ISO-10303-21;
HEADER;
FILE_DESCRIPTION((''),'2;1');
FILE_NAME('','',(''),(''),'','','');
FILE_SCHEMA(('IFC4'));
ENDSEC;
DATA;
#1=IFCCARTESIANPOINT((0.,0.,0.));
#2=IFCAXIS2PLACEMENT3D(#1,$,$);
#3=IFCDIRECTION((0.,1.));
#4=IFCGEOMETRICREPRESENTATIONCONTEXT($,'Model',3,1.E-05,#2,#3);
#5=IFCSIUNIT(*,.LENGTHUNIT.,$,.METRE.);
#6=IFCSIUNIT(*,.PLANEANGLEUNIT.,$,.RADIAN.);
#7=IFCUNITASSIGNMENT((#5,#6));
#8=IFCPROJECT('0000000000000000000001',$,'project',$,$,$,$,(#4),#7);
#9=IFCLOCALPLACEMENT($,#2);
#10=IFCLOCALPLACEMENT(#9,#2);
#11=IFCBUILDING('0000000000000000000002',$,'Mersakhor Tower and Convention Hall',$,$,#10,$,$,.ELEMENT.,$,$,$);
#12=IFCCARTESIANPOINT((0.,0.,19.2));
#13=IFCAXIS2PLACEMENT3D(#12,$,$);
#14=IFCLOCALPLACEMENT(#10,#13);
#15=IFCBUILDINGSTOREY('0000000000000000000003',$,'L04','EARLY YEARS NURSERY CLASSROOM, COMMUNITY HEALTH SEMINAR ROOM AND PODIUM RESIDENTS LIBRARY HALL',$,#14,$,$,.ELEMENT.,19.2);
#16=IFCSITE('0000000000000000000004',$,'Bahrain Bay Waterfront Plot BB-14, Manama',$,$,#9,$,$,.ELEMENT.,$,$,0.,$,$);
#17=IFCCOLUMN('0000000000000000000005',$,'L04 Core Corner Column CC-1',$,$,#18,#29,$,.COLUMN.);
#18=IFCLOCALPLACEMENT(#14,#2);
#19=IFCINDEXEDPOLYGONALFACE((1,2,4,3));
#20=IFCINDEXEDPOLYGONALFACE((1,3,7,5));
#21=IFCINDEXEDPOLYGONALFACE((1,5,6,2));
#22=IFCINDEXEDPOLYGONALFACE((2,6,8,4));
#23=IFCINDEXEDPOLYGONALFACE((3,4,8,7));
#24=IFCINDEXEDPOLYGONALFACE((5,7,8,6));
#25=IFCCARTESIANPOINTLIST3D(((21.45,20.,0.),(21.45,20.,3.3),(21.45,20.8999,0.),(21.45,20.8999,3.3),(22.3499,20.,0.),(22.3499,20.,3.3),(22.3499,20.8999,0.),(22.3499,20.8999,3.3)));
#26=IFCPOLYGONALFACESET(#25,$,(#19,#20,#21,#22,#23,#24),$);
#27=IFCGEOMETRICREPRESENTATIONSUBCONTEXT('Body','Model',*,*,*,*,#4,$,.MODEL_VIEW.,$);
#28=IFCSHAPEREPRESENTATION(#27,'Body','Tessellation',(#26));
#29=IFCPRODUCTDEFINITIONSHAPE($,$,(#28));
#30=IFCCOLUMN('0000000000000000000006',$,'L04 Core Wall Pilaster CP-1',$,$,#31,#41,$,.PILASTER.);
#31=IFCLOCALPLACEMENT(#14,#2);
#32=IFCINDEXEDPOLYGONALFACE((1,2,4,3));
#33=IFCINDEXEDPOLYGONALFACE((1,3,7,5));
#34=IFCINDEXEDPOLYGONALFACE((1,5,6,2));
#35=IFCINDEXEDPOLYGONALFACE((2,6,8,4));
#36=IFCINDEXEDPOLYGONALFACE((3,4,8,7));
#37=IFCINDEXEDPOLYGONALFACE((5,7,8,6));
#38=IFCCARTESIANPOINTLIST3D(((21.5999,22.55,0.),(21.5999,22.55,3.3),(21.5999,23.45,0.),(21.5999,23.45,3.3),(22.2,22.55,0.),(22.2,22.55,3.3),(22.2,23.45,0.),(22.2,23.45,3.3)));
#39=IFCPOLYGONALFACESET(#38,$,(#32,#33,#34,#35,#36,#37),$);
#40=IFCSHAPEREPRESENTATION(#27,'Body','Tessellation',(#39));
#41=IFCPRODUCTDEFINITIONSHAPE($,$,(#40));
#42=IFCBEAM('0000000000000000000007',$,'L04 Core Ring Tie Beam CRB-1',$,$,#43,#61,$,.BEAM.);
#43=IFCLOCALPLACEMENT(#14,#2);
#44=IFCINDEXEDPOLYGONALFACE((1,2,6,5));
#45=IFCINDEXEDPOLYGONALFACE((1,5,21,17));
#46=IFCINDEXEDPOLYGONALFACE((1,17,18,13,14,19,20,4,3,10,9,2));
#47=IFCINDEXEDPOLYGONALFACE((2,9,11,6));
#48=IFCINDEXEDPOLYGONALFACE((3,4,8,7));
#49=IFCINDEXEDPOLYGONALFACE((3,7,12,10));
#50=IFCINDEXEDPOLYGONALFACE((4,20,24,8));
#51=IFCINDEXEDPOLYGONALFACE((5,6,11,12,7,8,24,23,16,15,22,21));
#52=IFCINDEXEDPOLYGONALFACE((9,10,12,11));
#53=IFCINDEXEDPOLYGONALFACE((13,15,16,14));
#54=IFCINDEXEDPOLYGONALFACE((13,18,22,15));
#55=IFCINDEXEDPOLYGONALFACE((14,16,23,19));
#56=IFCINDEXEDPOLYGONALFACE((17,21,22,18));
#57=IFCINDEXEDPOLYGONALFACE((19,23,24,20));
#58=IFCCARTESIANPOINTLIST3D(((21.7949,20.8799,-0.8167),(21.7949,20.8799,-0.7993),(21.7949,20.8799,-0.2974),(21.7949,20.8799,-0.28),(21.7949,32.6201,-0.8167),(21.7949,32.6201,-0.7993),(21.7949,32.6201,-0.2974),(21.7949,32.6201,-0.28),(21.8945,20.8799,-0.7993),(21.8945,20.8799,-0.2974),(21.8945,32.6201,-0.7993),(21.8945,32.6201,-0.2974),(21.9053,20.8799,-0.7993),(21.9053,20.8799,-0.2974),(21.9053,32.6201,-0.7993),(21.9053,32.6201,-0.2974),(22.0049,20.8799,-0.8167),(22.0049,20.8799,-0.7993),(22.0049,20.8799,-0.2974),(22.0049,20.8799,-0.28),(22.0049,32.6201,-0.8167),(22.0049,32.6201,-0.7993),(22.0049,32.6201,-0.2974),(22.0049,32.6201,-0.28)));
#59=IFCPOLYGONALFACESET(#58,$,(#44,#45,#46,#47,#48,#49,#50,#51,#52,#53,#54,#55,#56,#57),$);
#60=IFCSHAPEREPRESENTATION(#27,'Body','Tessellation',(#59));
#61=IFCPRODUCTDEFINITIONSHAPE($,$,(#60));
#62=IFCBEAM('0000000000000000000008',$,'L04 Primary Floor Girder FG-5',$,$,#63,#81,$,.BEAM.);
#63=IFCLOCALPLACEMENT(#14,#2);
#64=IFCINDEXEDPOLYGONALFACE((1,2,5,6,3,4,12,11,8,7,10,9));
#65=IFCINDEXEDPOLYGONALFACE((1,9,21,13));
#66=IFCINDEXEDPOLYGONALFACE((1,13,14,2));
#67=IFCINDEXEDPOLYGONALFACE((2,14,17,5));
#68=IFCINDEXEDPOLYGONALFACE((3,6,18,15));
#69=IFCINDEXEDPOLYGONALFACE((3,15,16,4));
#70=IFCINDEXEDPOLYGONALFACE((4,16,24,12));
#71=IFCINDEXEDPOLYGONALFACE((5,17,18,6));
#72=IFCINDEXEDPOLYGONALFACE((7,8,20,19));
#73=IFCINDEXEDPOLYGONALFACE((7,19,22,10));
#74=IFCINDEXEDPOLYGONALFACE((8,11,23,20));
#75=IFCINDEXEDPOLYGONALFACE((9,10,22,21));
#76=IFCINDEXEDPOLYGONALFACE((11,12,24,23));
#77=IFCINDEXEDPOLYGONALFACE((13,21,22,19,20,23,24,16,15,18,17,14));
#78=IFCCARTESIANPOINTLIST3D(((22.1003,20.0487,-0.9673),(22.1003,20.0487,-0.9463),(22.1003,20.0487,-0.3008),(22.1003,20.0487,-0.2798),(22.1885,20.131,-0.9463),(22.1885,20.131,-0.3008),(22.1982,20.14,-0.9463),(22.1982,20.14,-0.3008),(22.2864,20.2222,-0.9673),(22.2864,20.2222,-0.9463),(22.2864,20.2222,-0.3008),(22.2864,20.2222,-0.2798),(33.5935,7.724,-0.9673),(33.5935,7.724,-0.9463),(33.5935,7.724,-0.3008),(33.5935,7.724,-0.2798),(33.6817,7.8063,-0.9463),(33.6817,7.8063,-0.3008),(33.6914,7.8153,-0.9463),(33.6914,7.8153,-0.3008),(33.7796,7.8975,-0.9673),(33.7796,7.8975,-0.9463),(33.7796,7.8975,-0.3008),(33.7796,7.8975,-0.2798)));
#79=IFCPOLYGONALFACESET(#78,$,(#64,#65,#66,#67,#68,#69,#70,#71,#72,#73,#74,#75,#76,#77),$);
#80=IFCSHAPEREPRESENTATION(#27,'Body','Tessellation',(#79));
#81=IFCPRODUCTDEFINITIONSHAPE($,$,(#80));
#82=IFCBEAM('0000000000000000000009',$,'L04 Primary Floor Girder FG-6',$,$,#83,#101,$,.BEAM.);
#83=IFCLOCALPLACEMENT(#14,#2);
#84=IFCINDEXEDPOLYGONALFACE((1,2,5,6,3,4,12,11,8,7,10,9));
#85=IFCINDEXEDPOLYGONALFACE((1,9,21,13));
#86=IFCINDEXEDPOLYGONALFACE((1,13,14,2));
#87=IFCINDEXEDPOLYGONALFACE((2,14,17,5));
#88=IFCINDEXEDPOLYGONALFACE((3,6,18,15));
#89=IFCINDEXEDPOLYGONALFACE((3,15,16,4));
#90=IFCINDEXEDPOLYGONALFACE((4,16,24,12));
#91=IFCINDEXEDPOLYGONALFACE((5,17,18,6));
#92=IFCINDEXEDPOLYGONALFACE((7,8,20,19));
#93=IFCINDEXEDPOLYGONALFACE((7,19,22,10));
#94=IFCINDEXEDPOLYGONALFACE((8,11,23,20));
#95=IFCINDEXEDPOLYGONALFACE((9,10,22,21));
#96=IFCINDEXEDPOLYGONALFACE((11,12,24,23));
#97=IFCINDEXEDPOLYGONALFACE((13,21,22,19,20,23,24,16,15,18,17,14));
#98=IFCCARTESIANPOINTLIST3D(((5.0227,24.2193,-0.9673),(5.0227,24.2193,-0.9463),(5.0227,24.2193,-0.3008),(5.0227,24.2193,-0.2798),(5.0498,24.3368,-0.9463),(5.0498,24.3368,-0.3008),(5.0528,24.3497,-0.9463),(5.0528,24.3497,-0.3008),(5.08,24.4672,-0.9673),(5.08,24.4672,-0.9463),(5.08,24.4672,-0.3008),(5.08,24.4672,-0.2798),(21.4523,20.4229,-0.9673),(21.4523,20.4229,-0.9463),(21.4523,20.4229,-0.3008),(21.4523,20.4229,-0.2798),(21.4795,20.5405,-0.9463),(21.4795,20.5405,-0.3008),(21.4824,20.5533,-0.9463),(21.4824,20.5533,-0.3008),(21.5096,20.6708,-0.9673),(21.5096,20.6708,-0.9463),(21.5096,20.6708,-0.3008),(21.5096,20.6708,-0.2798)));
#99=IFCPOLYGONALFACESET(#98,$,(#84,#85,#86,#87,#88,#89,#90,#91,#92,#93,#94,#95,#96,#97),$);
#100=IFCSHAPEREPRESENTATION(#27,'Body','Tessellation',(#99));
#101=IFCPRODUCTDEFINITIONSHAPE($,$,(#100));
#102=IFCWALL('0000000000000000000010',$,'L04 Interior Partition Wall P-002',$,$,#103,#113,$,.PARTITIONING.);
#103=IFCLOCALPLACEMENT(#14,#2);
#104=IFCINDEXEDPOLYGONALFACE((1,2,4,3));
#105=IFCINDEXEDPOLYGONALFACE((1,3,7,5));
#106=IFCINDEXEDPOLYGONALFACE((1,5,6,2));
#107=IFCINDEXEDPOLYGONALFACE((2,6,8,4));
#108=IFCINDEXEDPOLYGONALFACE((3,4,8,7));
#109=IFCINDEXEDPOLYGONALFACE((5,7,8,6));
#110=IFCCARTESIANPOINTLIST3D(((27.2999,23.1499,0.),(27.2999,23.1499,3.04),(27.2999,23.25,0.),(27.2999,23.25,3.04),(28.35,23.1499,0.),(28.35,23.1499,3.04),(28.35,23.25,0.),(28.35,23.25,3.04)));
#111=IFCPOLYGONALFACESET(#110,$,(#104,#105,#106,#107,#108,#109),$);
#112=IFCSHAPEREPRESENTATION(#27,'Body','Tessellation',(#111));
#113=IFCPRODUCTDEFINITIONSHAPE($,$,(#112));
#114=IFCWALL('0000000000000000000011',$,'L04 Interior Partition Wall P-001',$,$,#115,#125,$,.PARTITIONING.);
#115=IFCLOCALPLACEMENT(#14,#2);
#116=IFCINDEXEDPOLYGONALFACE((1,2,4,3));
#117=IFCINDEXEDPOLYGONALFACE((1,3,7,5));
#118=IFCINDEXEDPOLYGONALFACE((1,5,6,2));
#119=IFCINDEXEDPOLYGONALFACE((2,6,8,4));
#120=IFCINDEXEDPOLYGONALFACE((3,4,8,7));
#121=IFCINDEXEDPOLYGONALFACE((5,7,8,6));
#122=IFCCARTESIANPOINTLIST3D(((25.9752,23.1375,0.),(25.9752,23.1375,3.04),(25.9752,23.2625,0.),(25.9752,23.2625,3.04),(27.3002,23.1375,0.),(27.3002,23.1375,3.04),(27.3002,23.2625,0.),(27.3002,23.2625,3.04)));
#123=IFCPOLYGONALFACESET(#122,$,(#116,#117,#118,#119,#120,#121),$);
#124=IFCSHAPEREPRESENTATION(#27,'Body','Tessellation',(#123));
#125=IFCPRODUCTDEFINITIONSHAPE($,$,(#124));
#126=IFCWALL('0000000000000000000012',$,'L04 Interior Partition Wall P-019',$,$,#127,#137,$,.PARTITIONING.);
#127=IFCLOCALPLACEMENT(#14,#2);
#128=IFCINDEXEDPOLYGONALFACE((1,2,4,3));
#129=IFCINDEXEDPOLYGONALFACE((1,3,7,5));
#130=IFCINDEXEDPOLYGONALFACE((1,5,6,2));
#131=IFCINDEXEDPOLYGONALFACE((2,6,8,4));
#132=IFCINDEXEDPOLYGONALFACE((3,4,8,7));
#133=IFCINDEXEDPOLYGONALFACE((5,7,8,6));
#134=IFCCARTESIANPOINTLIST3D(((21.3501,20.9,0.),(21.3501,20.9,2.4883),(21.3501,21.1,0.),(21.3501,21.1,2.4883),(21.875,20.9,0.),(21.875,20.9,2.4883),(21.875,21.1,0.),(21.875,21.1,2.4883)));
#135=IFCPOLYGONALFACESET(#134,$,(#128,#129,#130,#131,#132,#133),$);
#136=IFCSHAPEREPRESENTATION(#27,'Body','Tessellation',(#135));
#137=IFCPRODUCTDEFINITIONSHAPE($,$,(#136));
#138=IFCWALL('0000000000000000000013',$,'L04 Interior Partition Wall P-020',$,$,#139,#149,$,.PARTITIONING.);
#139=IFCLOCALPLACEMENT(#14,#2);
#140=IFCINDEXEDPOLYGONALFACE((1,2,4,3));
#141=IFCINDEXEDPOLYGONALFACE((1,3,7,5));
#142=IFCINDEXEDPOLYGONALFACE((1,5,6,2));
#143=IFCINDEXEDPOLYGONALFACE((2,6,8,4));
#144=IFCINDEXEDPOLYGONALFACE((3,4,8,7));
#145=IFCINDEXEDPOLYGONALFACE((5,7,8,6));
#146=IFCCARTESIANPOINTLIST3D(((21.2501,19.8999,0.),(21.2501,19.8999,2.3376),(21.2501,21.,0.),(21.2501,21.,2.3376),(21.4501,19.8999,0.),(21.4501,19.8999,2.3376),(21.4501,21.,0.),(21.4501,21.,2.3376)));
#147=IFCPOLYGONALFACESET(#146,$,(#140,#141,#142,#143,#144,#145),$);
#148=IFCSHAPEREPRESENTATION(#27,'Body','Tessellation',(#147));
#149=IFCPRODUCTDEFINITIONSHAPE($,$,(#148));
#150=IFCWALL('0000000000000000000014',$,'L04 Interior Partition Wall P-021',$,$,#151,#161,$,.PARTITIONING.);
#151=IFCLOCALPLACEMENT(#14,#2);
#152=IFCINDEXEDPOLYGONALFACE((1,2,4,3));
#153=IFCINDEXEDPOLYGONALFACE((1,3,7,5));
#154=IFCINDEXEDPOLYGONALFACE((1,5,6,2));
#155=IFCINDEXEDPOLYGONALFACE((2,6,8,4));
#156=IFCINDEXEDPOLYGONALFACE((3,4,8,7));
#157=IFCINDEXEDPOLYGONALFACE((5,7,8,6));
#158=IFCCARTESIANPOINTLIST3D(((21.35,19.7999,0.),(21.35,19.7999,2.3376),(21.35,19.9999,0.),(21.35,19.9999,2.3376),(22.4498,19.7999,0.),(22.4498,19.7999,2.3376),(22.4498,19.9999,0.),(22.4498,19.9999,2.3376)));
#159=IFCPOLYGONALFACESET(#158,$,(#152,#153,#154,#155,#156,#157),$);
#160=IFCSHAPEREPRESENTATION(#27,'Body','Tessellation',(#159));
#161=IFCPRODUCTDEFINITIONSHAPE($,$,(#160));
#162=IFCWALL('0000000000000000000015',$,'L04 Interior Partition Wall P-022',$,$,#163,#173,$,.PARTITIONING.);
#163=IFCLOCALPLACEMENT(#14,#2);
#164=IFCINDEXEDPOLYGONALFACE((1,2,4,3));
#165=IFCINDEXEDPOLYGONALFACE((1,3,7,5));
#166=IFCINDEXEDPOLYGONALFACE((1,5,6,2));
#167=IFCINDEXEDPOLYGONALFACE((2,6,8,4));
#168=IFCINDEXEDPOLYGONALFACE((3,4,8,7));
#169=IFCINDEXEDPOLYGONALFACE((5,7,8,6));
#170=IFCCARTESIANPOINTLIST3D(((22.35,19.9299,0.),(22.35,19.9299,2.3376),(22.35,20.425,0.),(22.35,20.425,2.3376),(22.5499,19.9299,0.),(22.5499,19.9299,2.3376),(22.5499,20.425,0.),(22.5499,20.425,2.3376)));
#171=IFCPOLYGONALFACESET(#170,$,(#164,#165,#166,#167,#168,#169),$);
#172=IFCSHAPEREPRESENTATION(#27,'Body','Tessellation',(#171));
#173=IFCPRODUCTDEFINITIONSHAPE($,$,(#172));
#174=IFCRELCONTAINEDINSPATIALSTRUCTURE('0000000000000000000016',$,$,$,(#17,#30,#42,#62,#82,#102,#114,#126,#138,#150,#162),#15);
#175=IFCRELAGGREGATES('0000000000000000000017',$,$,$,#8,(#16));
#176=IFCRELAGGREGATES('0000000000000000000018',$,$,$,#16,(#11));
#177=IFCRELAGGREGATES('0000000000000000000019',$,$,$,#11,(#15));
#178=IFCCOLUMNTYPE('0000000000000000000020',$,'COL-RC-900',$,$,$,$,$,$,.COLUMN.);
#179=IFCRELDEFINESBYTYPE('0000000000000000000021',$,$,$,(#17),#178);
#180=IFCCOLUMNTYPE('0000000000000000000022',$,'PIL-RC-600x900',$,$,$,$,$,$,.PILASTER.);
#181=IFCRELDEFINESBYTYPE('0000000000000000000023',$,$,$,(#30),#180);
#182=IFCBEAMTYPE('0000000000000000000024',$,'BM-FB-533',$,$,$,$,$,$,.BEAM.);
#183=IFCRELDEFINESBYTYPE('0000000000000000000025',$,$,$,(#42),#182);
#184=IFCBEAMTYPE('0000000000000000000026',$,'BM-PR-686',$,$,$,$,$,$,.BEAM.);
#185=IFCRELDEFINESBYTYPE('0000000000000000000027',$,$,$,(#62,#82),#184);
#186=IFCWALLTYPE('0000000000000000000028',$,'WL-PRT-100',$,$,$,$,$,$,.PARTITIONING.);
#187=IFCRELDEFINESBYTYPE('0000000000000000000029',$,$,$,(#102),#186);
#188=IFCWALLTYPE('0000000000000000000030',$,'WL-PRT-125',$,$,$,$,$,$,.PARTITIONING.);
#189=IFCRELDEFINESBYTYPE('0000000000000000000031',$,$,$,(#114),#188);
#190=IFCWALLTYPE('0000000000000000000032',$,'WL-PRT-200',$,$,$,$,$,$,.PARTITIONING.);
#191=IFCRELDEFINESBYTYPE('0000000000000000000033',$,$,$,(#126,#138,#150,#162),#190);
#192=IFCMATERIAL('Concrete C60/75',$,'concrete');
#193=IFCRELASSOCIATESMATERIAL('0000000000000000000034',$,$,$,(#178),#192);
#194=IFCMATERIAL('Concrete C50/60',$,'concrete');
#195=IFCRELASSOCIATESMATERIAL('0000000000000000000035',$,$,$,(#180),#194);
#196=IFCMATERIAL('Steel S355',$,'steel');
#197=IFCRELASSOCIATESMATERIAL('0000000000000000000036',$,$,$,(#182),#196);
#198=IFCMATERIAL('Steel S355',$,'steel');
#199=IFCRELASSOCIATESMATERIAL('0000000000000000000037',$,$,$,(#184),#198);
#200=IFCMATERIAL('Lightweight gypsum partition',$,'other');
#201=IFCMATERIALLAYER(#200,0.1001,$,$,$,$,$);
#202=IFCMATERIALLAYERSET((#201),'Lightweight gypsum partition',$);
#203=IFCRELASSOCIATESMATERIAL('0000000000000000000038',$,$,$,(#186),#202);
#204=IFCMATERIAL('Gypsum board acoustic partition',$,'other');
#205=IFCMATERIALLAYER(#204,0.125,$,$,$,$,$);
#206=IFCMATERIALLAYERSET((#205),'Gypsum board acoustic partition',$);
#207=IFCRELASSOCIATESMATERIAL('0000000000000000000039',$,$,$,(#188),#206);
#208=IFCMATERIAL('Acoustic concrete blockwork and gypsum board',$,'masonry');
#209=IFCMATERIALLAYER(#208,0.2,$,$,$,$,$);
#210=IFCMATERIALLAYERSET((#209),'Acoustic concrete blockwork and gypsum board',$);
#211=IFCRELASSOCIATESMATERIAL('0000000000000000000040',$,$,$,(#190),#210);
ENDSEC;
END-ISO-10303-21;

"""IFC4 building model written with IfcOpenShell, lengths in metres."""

from ifc_helpers import new_model, si_unit, direction, frame, frame_2d, origin, origin_2d, place, context, subcontext, project, spatial, rectangle, i_section, extrude, material, layer, layer_set, material_profile, profile_set, type_object, element, save


model = new_model("IFC4")

# Units and contexts
model_context = context("Model", 3, precision=1e-05, world=origin(), true_north=direction((0.0, 1.0)))
body_context = subcontext(model_context, "Body", "Model", "MODEL_VIEW")
ifc_project = project(units=[si_unit("LENGTHUNIT", "METRE"), si_unit("PLANEANGLEUNIT", "RADIAN")], contexts=[model_context])

# Site, building, storey
site_placement = place(None, origin())
site = spatial("IfcSite", under=ifc_project, at=site_placement, Name="Bahrain Bay Waterfront Plot BB-14, Manama", CompositionType="ELEMENT", RefElevation=0.0)
building_placement = place(site_placement, origin())
building = spatial("IfcBuilding", under=site, at=building_placement, Name="Mersakhor Tower and Convention Hall", CompositionType="ELEMENT")
storey_placement = place(building_placement, frame((0.0, 0.0, 19.2)))
storey = spatial("IfcBuildingStorey", under=building, at=storey_placement, Name="L04", Description="EARLY YEARS NURSERY CLASSROOM, COMMUNITY HEALTH SEMINAR ROOM AND PODIUM RESIDENTS LIBRARY HALL", CompositionType="ELEMENT", Elevation=19.2)

# Columns
ifc_material_1 = material(Name="Concrete C60/75", Category="concrete")
ifc_material_profile_1 = material_profile(ifc_material_1, rectangle(XDim=0.8999, YDim=0.8999, at=origin_2d()), Name="RC 900x900")
ifc_profile_set_1 = profile_set([ifc_material_profile_1], Name="Concrete C60/75")
column_type_1 = type_object("IfcColumnType", Name="COL-RC-900", PredefinedType="COLUMN", material=ifc_profile_set_1)
column_1_placement = place(storey_placement, frame((21.8999, 20.45, 0.0), z_axis=(0.0, 0.0, 1.0), x_axis=(1.0, 0.0, 0.0)))
element("IfcColumn", 1, at=column_1_placement, inside=storey, type_object=column_type_1, Name="L04 Core Corner Column CC-1", PredefinedType="COLUMN", context=body_context, shape_type="SweptSolid", body=[
    extrude(rectangle(XDim=0.8999, YDim=0.8999, at=origin_2d()), origin(), (0.0, 0.0, 1.0), 3.3),
])
ifc_material_2 = material(Name="Concrete C50/60", Category="concrete")
ifc_material_profile_2 = material_profile(ifc_material_2, rectangle(XDim=0.6001, YDim=0.8999, at=origin_2d()), Name="RC 600x900")
ifc_profile_set_2 = profile_set([ifc_material_profile_2], Name="Concrete C50/60")
column_type_2 = type_object("IfcColumnType", Name="PIL-RC-600x900", PredefinedType="PILASTER", material=ifc_profile_set_2)
column_2_placement = place(storey_placement, frame((21.8999, 23.0, 0.0), z_axis=(0.0, 0.0, 1.0), x_axis=(1.0, 0.0, 0.0)))
element("IfcColumn", 2, at=column_2_placement, inside=storey, type_object=column_type_2, Name="L04 Core Wall Pilaster CP-1", PredefinedType="PILASTER", context=body_context, shape_type="SweptSolid", body=[
    extrude(rectangle(XDim=0.6001, YDim=0.8999, at=origin_2d()), origin(), (0.0, 0.0, 1.0), 3.3),
])

# Beams
ifc_material_3 = material(Name="Steel S355", Category="steel")
ifc_material_profile_3 = material_profile(ifc_material_3, i_section(OverallWidth=0.21, OverallDepth=0.5366, WebThickness=0.0107, FlangeThickness=0.0173, at=origin_2d()), Name="UB 533x210x101")
ifc_profile_set_3 = profile_set([ifc_material_profile_3], Name="Steel S355")
beam_type_1 = type_object("IfcBeamType", Name="BM-FB-533", PredefinedType="BEAM", material=ifc_profile_set_3)
beam_1_placement = place(storey_placement, frame((21.8999, 20.8799, -0.5483), z_axis=(0.0, 1.0, 0.0), x_axis=(-1.0, 0.0, 0.0)))
element("IfcBeam", 3, at=beam_1_placement, inside=storey, type_object=beam_type_1, Name="L04 Core Ring Tie Beam CRB-1", PredefinedType="BEAM", context=body_context, shape_type="SweptSolid", body=[
    extrude(i_section(OverallWidth=0.21, OverallDepth=0.5366, WebThickness=0.0107, FlangeThickness=0.0173, at=origin_2d()), origin(), (0.0, 0.0, 1.0), 11.7402),
])
ifc_material_4 = material(Name="Steel S355", Category="steel")
ifc_material_profile_4 = material_profile(ifc_material_4, i_section(OverallWidth=0.2544, OverallDepth=0.6875, WebThickness=0.0132, FlangeThickness=0.021, at=origin_2d()), Name="UB 686x254x152")
ifc_profile_set_4 = profile_set([ifc_material_profile_4], Name="Steel S355")
beam_type_2 = type_object("IfcBeamType", Name="BM-PR-686", PredefinedType="BEAM", material=ifc_profile_set_4)
beam_2_placement = place(storey_placement, frame((22.1934, 20.1355, -0.6235), z_axis=(0.682004, -0.731348, 0.0), x_axis=(0.731348, 0.682004, 0.0)))
element("IfcBeam", 4, at=beam_2_placement, inside=storey, type_object=beam_type_2, Name="L04 Primary Floor Girder FG-5", PredefinedType="BEAM", context=body_context, shape_type="SweptSolid", body=[
    extrude(i_section(OverallWidth=0.2544, OverallDepth=0.6875, WebThickness=0.0132, FlangeThickness=0.021, at=origin_2d()), origin(), (0.0, 0.0, 1.0), 16.8521),
])
beam_3_placement = place(storey_placement, frame((21.481, 20.5469, -0.6235), z_axis=(-0.974327, 0.225137, 0.0), x_axis=(-0.225137, -0.974327, 0.0)))
element("IfcBeam", 5, at=beam_3_placement, inside=storey, type_object=beam_type_2, Name="L04 Primary Floor Girder FG-6", PredefinedType="BEAM", context=body_context, shape_type="SweptSolid", body=[
    extrude(i_section(OverallWidth=0.2544, OverallDepth=0.6875, WebThickness=0.0132, FlangeThickness=0.021, at=origin_2d()), origin(), (0.0, 0.0, 1.0), 16.8625),
])

# Walls
ifc_material_5 = material(Name="Lightweight gypsum partition", Category="other")
ifc_layer_1 = layer(ifc_material_5, 0.1001)
ifc_layer_set_1 = layer_set([ifc_layer_1], Name="Lightweight gypsum partition")
wall_type_1 = type_object("IfcWallType", Name="WL-PRT-100", PredefinedType="PARTITIONING", material=ifc_layer_set_1)
wall_1_placement = place(storey_placement, frame((27.3, 23.2, 0.0), z_axis=(0.0, 0.0, 1.0), x_axis=(1.0, 0.0, 0.0)))
element("IfcWall", 6, at=wall_1_placement, inside=storey, type_object=wall_type_1, Name="L04 Interior Partition Wall P-002", PredefinedType="PARTITIONING", context=body_context, shape_type="SweptSolid", body=[
    extrude(rectangle(XDim=1.05, YDim=0.1001, at=frame_2d((0.5249, 0.0))), origin(), (0.0, 0.0, 1.0), 3.04),
])
ifc_material_6 = material(Name="Gypsum board acoustic partition", Category="other")
ifc_layer_2 = layer(ifc_material_6, 0.125)
ifc_layer_set_2 = layer_set([ifc_layer_2], Name="Gypsum board acoustic partition")
wall_type_2 = type_object("IfcWallType", Name="WL-PRT-125", PredefinedType="PARTITIONING", material=ifc_layer_set_2)
wall_2_placement = place(storey_placement, frame((25.9751, 23.2, 0.0), z_axis=(0.0, 0.0, 1.0), x_axis=(1.0, 0.0, 0.0)))
element("IfcWall", 7, at=wall_2_placement, inside=storey, type_object=wall_type_2, Name="L04 Interior Partition Wall P-001", PredefinedType="PARTITIONING", context=body_context, shape_type="SweptSolid", body=[
    extrude(rectangle(XDim=1.325, YDim=0.125, at=frame_2d((0.6626, 0.0))), origin(), (0.0, 0.0, 1.0), 3.04),
])
ifc_material_7 = material(Name="Acoustic concrete blockwork and gypsum board", Category="masonry")
ifc_layer_3 = layer(ifc_material_7, 0.2)
ifc_layer_set_3 = layer_set([ifc_layer_3], Name="Acoustic concrete blockwork and gypsum board")
wall_type_3 = type_object("IfcWallType", Name="WL-PRT-200", PredefinedType="PARTITIONING", material=ifc_layer_set_3)
wall_3_placement = place(storey_placement, frame((21.875, 21.0, 0.0), z_axis=(0.0, 0.0, 1.0), x_axis=(-1.0, 0.0, 0.0)))
element("IfcWall", 8, at=wall_3_placement, inside=storey, type_object=wall_type_3, Name="L04 Interior Partition Wall P-019", PredefinedType="PARTITIONING", context=body_context, shape_type="SweptSolid", body=[
    extrude(rectangle(XDim=0.5249, YDim=0.2, at=frame_2d((0.2625, 0.0))), origin(), (0.0, 0.0, 1.0), 2.4883),
])
wall_4_placement = place(storey_placement, frame((21.3501, 21.0, 0.0), z_axis=(0.0, 0.0, 1.0), x_axis=(0.0, -1.0, 0.0)))
element("IfcWall", 9, at=wall_4_placement, inside=storey, type_object=wall_type_3, Name="L04 Interior Partition Wall P-020", PredefinedType="PARTITIONING", context=body_context, shape_type="SweptSolid", body=[
    extrude(rectangle(XDim=1.1001, YDim=0.2, at=frame_2d((0.55, 0.0))), origin(), (0.0, 0.0, 1.0), 2.3376),
])
wall_5_placement = place(storey_placement, frame((21.3501, 19.8999, 0.0), z_axis=(0.0, 0.0, 1.0), x_axis=(1.0, 0.0, 0.0)))
element("IfcWall", 10, at=wall_5_placement, inside=storey, type_object=wall_type_3, Name="L04 Interior Partition Wall P-021", PredefinedType="PARTITIONING", context=body_context, shape_type="SweptSolid", body=[
    extrude(rectangle(XDim=1.0999, YDim=0.2, at=frame_2d((0.5498, 0.0))), origin(), (0.0, 0.0, 1.0), 2.3376),
])
wall_6_placement = place(storey_placement, frame((22.45, 19.9299, 0.0), z_axis=(0.0, 0.0, 1.0), x_axis=(0.0, 1.0, 0.0)))
element("IfcWall", 11, at=wall_6_placement, inside=storey, type_object=wall_type_3, Name="L04 Interior Partition Wall P-022", PredefinedType="PARTITIONING", context=body_context, shape_type="SweptSolid", body=[
    extrude(rectangle(XDim=0.4951, YDim=0.2, at=frame_2d((0.2476, 0.0))), origin(), (0.0, 0.0, 1.0), 2.3376),
])

save(model, "model.ifc")
